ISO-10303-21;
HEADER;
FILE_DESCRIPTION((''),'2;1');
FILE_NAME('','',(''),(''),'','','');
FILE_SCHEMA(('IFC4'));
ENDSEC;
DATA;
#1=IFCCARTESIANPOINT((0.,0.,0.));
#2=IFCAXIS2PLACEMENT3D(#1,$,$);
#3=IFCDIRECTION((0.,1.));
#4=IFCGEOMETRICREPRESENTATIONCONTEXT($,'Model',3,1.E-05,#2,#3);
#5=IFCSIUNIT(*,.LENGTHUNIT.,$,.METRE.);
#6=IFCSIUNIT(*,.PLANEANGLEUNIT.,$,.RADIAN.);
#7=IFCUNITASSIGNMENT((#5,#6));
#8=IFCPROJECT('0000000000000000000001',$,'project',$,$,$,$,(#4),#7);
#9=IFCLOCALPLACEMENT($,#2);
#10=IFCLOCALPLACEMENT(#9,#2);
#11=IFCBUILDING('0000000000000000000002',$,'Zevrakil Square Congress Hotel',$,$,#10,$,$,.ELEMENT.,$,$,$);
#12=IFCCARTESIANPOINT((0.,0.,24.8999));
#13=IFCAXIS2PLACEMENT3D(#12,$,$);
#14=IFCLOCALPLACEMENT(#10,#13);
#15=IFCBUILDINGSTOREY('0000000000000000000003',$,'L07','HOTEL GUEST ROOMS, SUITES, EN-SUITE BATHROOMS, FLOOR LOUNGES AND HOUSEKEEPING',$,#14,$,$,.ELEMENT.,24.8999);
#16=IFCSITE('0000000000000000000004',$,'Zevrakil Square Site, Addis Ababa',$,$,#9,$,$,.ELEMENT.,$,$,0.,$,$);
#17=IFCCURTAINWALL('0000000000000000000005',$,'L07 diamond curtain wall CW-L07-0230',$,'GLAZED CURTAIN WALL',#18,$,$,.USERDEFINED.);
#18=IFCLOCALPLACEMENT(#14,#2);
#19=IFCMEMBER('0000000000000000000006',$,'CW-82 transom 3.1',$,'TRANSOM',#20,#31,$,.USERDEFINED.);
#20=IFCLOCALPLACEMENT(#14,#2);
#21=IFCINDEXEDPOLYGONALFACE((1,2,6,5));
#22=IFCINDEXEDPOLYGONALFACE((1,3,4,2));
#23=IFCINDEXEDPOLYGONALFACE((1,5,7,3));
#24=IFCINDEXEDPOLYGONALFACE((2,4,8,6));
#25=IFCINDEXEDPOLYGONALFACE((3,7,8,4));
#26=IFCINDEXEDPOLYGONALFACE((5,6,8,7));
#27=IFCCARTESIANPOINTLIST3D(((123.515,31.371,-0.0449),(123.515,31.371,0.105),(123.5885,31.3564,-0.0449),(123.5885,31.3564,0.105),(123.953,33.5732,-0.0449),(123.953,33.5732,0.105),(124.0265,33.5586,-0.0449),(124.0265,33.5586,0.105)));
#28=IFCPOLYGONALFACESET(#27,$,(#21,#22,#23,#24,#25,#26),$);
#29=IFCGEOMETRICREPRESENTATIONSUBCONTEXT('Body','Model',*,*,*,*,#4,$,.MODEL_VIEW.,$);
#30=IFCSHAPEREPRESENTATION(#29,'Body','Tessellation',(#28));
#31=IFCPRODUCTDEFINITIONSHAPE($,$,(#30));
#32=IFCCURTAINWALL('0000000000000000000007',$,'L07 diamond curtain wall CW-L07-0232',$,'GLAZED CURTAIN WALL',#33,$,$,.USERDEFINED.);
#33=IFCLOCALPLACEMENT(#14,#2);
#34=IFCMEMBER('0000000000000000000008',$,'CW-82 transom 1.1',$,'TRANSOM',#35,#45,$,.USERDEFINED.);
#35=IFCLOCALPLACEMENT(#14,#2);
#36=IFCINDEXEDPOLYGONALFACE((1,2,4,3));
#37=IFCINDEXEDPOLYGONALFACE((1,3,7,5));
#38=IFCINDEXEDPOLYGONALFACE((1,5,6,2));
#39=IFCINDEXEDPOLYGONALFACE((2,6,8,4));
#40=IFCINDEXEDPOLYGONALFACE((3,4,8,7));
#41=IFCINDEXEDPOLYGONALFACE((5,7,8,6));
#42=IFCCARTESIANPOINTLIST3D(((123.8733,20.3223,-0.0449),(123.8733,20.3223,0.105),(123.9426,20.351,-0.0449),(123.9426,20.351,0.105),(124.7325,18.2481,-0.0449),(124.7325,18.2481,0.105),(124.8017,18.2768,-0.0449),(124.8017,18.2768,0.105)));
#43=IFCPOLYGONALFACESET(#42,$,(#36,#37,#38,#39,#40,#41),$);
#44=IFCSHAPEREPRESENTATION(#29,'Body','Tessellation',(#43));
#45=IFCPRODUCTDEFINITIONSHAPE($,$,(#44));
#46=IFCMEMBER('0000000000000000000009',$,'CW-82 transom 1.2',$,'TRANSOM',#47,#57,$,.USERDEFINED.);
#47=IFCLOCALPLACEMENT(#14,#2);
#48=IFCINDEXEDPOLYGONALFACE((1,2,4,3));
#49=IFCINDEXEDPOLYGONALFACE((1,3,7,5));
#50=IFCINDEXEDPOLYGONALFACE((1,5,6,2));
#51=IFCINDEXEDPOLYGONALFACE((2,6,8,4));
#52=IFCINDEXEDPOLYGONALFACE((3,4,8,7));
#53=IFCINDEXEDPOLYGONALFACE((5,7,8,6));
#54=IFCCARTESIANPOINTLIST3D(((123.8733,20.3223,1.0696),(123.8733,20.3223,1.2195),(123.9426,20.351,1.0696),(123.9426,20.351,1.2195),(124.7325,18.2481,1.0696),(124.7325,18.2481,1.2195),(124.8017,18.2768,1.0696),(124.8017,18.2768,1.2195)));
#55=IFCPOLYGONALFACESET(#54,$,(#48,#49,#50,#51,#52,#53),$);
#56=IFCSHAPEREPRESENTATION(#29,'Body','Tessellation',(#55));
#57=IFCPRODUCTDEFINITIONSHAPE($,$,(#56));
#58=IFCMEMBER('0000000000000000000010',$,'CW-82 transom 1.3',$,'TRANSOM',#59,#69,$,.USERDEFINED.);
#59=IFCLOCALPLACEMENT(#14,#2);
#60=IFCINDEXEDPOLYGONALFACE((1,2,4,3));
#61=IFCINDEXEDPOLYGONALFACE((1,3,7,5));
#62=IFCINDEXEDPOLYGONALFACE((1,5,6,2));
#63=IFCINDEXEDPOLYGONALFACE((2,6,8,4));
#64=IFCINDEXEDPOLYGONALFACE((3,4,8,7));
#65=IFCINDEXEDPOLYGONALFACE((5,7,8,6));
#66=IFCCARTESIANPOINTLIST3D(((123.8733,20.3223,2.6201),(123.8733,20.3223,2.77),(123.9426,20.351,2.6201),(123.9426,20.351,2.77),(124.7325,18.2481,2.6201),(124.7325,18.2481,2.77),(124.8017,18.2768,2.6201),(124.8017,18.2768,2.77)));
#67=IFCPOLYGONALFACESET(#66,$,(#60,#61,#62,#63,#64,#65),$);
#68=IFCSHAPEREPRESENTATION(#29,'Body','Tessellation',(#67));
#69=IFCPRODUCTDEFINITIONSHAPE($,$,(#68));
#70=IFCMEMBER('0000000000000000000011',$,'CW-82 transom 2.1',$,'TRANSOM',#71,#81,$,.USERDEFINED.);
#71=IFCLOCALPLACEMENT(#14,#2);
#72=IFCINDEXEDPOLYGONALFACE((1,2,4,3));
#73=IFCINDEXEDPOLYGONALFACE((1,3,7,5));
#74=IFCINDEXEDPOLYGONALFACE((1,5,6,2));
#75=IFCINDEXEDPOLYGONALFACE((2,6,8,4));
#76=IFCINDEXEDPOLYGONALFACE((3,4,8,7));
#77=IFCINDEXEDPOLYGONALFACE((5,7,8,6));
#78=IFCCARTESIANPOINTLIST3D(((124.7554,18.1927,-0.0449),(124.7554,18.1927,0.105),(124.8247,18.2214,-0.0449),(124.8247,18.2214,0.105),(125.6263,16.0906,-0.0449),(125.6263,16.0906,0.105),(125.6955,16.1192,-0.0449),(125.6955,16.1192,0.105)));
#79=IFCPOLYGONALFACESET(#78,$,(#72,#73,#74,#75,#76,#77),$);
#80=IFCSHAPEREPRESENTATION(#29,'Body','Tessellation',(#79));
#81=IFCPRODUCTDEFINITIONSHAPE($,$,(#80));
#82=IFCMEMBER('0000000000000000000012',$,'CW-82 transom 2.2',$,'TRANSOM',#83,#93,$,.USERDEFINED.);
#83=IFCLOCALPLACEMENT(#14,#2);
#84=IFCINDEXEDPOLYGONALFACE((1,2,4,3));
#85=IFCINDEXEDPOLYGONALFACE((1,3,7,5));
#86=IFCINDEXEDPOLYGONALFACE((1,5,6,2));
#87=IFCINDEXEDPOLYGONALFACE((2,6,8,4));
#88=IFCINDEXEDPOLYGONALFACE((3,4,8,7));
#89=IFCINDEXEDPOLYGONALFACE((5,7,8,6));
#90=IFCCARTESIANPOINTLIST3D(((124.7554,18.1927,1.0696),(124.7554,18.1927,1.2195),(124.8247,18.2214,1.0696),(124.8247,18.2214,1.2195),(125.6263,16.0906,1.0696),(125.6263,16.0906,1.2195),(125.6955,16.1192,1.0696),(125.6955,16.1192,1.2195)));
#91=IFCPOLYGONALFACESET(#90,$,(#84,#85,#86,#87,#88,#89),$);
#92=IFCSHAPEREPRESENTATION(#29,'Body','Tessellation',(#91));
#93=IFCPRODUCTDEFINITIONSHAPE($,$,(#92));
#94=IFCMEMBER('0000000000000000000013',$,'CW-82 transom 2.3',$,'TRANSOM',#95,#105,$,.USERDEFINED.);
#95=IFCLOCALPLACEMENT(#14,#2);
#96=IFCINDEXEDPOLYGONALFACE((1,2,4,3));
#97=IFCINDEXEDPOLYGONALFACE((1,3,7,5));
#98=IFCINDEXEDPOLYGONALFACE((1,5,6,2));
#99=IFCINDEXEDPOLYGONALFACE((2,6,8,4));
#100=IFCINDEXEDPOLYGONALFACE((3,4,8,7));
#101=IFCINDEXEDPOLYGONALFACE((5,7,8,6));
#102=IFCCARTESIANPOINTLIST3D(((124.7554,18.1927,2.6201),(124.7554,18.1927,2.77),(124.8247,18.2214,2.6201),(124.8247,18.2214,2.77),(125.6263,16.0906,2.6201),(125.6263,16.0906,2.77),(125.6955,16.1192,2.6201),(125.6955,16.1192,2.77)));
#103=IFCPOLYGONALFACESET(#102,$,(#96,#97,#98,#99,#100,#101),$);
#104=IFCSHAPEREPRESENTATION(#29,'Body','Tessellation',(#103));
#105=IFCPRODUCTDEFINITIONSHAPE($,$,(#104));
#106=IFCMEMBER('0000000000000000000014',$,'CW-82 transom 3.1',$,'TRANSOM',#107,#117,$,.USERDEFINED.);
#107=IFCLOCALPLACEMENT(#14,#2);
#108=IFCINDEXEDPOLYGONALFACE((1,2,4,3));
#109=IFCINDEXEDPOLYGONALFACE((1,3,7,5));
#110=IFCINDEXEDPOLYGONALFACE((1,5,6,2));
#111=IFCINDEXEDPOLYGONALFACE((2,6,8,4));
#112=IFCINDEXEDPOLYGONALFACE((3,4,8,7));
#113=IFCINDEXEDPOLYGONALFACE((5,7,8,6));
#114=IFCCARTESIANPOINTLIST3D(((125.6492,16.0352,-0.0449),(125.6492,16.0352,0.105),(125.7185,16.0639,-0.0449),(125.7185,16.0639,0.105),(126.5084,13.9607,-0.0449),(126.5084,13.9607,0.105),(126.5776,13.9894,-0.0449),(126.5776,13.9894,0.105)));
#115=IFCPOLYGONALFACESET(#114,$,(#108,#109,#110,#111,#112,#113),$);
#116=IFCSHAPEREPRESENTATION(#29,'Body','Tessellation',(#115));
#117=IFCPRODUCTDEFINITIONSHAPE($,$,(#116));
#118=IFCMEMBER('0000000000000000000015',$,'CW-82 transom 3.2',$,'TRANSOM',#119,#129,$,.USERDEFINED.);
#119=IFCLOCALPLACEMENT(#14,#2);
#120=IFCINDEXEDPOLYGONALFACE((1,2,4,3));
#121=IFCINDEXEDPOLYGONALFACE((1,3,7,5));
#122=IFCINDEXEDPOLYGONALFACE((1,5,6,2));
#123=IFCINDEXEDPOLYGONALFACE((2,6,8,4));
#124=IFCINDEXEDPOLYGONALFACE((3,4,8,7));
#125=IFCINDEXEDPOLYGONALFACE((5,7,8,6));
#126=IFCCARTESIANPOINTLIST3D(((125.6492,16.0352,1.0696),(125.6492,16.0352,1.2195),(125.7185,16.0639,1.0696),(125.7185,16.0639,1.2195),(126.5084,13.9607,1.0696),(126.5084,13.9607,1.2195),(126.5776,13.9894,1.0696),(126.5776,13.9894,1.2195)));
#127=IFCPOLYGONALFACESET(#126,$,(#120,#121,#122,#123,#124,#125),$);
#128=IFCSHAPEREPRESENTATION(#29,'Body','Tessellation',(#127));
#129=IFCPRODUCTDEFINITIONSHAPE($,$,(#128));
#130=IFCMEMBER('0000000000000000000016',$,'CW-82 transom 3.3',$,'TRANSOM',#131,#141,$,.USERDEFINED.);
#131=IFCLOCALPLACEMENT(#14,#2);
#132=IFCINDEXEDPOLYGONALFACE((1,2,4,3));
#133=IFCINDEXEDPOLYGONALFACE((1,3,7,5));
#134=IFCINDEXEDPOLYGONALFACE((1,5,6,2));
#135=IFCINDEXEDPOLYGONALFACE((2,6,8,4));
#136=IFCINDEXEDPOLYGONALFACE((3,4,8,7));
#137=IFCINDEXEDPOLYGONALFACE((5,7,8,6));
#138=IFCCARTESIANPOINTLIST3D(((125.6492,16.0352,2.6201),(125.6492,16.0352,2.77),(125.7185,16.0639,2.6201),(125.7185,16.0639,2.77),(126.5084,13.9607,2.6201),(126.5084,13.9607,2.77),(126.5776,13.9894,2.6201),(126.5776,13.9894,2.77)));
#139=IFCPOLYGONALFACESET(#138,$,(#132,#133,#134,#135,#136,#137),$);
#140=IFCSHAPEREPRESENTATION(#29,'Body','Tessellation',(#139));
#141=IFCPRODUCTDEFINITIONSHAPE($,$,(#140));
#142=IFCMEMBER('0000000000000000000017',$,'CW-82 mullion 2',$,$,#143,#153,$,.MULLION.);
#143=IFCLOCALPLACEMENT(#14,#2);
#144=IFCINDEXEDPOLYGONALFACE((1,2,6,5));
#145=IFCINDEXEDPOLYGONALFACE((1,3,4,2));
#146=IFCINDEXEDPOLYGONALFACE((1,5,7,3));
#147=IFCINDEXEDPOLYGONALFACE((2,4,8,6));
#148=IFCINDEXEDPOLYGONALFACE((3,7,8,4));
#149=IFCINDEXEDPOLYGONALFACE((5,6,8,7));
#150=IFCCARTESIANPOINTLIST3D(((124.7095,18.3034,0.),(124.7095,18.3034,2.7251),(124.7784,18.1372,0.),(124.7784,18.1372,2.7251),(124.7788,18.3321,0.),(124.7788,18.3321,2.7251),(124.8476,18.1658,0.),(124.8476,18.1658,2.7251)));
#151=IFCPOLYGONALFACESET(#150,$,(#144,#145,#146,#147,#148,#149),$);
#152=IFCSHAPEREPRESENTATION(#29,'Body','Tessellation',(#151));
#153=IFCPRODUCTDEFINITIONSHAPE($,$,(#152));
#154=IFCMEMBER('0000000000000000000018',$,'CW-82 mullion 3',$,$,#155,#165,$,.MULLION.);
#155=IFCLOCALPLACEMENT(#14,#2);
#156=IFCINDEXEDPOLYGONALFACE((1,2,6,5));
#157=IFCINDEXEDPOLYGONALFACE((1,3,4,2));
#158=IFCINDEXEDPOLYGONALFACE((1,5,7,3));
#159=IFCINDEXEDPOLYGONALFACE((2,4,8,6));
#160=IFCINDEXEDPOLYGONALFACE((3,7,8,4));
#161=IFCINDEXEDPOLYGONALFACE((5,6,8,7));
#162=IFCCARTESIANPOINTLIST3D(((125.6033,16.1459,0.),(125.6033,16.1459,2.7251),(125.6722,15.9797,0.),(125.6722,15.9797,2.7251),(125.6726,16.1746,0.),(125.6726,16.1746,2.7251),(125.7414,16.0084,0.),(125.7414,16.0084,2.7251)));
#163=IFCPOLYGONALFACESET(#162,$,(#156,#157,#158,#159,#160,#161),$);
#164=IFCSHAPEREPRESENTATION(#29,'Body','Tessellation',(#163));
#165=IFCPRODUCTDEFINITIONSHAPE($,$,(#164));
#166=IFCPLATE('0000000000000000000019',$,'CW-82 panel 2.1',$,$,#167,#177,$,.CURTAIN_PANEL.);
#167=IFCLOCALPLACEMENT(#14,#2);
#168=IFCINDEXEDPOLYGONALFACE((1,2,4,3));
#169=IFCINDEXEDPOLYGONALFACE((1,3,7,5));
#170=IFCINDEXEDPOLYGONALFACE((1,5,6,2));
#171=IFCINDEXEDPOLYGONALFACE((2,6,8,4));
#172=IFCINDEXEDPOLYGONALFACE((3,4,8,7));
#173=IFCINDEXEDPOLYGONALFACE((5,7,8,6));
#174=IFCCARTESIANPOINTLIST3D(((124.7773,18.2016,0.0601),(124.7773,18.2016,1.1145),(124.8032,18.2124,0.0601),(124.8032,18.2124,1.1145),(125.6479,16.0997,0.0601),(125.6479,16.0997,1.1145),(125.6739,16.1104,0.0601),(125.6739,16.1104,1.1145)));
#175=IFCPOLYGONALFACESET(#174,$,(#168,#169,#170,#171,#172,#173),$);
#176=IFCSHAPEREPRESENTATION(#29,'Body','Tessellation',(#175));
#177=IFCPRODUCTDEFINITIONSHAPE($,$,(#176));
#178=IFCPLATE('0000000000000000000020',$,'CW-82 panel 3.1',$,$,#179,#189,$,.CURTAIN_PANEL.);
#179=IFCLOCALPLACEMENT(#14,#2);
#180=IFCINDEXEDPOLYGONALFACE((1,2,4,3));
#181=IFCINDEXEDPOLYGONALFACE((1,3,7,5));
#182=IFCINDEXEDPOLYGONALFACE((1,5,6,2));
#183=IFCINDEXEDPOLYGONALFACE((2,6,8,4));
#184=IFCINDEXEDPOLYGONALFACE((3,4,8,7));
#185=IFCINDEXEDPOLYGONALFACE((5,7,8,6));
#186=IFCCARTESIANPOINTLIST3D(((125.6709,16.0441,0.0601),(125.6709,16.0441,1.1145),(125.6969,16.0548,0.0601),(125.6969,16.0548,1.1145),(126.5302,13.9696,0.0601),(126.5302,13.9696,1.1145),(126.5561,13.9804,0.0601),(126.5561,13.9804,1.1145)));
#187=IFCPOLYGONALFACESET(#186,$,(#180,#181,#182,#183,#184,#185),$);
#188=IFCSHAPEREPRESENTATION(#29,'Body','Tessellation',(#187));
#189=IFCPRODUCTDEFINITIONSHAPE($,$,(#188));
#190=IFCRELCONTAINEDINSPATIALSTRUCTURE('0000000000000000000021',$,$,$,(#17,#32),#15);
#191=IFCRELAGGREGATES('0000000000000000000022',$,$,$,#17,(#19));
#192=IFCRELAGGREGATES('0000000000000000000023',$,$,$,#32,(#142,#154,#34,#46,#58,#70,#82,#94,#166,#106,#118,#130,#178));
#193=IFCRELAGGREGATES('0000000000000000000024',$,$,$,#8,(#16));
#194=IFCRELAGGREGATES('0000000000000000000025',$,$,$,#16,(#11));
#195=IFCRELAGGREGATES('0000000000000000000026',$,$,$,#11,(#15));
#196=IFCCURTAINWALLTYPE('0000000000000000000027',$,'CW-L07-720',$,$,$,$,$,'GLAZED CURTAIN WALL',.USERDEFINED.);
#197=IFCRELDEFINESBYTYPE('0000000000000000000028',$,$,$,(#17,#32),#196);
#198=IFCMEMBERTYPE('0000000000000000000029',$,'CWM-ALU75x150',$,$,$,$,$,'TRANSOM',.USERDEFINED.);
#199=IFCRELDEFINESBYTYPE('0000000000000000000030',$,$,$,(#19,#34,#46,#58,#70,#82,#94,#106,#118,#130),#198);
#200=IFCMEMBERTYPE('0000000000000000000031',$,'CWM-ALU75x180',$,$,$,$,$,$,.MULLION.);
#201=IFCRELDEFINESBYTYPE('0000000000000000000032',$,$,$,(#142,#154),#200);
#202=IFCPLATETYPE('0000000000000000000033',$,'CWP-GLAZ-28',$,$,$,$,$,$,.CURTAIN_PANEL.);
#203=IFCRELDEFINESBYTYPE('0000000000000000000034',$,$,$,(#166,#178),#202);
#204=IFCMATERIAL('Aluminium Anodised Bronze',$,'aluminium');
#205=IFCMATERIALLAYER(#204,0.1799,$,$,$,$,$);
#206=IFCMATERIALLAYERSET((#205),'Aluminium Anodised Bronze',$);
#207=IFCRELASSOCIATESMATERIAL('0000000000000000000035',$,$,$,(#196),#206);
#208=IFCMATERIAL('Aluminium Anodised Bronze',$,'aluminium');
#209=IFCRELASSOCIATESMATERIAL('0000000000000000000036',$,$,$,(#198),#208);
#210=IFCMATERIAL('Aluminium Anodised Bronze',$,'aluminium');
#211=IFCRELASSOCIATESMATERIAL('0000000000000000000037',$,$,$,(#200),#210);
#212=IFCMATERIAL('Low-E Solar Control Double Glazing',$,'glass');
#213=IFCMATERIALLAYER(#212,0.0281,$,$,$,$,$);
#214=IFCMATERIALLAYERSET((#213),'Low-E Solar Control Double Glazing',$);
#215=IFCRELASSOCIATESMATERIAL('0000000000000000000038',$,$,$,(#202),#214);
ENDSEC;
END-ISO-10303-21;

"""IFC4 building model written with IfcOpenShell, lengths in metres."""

from ifc_helpers import new_model, si_unit, direction, frame, origin, origin_2d, place, context, subcontext, project, spatial, rectangle, extrude, material, layer, layer_set, material_profile, profile_set, type_object, element, aggregate, save


model = new_model("IFC4")

# Units and contexts
model_context = context("Model", 3, precision=1e-05, world=origin(), true_north=direction((0.0, 1.0)))
body_context = subcontext(model_context, "Body", "Model", "MODEL_VIEW")
ifc_project = project(units=[si_unit("LENGTHUNIT", "METRE"), si_unit("PLANEANGLEUNIT", "RADIAN")], contexts=[model_context])

# Site, building, storey
site_placement = place(None, origin())
site = spatial("IfcSite", under=ifc_project, at=site_placement, Name="Zevrakil Square Site, Addis Ababa", CompositionType="ELEMENT", RefElevation=0.0)
building_placement = place(site_placement, origin())
building = spatial("IfcBuilding", under=site, at=building_placement, Name="Zevrakil Square Congress Hotel", CompositionType="ELEMENT")
storey_placement = place(building_placement, frame((0.0, 0.0, 24.8999)))
storey = spatial("IfcBuildingStorey", under=building, at=storey_placement, Name="L07", Description="HOTEL GUEST ROOMS, SUITES, EN-SUITE BATHROOMS, FLOOR LOUNGES AND HOUSEKEEPING", CompositionType="ELEMENT", Elevation=24.8999)

# Curtain wall, member
ifc_material_1 = material(Name="Aluminium Anodised Bronze", Category="aluminium")
ifc_layer_1 = layer(ifc_material_1, 0.1799)
ifc_layer_set_1 = layer_set([ifc_layer_1], Name="Aluminium Anodised Bronze")
curtain_wall_type = type_object("IfcCurtainWallType", Name="CW-L07-720", ElementType="GLAZED CURTAIN WALL", PredefinedType="USERDEFINED", material=ifc_layer_set_1)
curtain_wall_1_placement = place(storey_placement, origin())
curtain_wall_1 = element("IfcCurtainWall", 1, at=curtain_wall_1_placement, inside=storey, type_object=curtain_wall_type, Name="L07 diamond curtain wall CW-L07-0230", ObjectType="GLAZED CURTAIN WALL", PredefinedType="USERDEFINED")
ifc_material_2 = material(Name="Aluminium Anodised Bronze", Category="aluminium")
ifc_material_profile_1 = material_profile(ifc_material_2, rectangle(XDim=0.075, YDim=0.1499, at=origin_2d()), Name="ALU 75x150")
ifc_profile_set_1 = profile_set([ifc_material_profile_1], Name="Aluminium Anodised Bronze")
member_type_1 = type_object("IfcMemberType", Name="CWM-ALU75x150", ElementType="TRANSOM", PredefinedType="USERDEFINED", material=ifc_profile_set_1)
member_1_placement = place(storey_placement, frame((123.9897, 33.5659, 0.03), z_axis=(-0.19507, -0.980789, 0.0), x_axis=(0.980789, -0.19507, 0.0)))
member_1 = element("IfcMember", 2, at=member_1_placement, type_object=member_type_1, Name="CW-82 transom 3.1", ObjectType="TRANSOM", PredefinedType="USERDEFINED", context=body_context, shape_type="SweptSolid", body=[
    extrude(rectangle(XDim=0.075, YDim=0.1499, at=origin_2d()), origin(), (0.0, 0.0, 1.0), 2.2454),
])
aggregate(curtain_wall_1, [member_1])

# Curtain wall, members, plates
curtain_wall_2_placement = place(storey_placement, origin())
curtain_wall_2 = element("IfcCurtainWall", 3, at=curtain_wall_2_placement, inside=storey, type_object=curtain_wall_type, Name="L07 diamond curtain wall CW-L07-0232", ObjectType="GLAZED CURTAIN WALL", PredefinedType="USERDEFINED")
member_2_placement = place(storey_placement, frame((123.908, 20.3367, 0.03), z_axis=(0.382669, -0.923886, 0.0), x_axis=(0.923886, 0.382669, 0.0)))
member_2 = element("IfcMember", 4, at=member_2_placement, type_object=member_type_1, Name="CW-82 transom 1.1", ObjectType="TRANSOM", PredefinedType="USERDEFINED", context=body_context, shape_type="SweptSolid", body=[
    extrude(rectangle(XDim=0.075, YDim=0.1499, at=origin_2d()), origin(), (0.0, 0.0, 1.0), 2.2451),
])
member_3_placement = place(storey_placement, frame((123.908, 20.3367, 1.1445), z_axis=(0.382669, -0.923886, 0.0), x_axis=(0.923886, 0.382669, 0.0)))
member_3 = element("IfcMember", 5, at=member_3_placement, type_object=member_type_1, Name="CW-82 transom 1.2", ObjectType="TRANSOM", PredefinedType="USERDEFINED", context=body_context, shape_type="SweptSolid", body=[
    extrude(rectangle(XDim=0.075, YDim=0.1499, at=origin_2d()), origin(), (0.0, 0.0, 1.0), 2.2451),
])
member_4_placement = place(storey_placement, frame((123.908, 20.3367, 2.6951), z_axis=(0.382669, -0.923886, 0.0), x_axis=(0.923886, 0.382669, 0.0)))
member_4 = element("IfcMember", 6, at=member_4_placement, type_object=member_type_1, Name="CW-82 transom 1.3", ObjectType="TRANSOM", PredefinedType="USERDEFINED", context=body_context, shape_type="SweptSolid", body=[
    extrude(rectangle(XDim=0.075, YDim=0.1499, at=origin_2d()), origin(), (0.0, 0.0, 1.0), 2.2451),
])
member_5_placement = place(storey_placement, frame((124.79, 18.207, 0.03), z_axis=(0.38274, -0.923856, 0.0), x_axis=(0.923856, 0.38274, 0.0)))
member_5 = element("IfcMember", 7, at=member_5_placement, type_object=member_type_1, Name="CW-82 transom 2.1", ObjectType="TRANSOM", PredefinedType="USERDEFINED", context=body_context, shape_type="SweptSolid", body=[
    extrude(rectangle(XDim=0.075, YDim=0.1499, at=origin_2d()), origin(), (0.0, 0.0, 1.0), 2.2754),
])
member_6_placement = place(storey_placement, frame((124.79, 18.207, 1.1445), z_axis=(0.38274, -0.923856, 0.0), x_axis=(0.923856, 0.38274, 0.0)))
member_6 = element("IfcMember", 8, at=member_6_placement, type_object=member_type_1, Name="CW-82 transom 2.2", ObjectType="TRANSOM", PredefinedType="USERDEFINED", context=body_context, shape_type="SweptSolid", body=[
    extrude(rectangle(XDim=0.075, YDim=0.1499, at=origin_2d()), origin(), (0.0, 0.0, 1.0), 2.2754),
])
member_7_placement = place(storey_placement, frame((124.79, 18.207, 2.6951), z_axis=(0.38274, -0.923856, 0.0), x_axis=(0.923856, 0.38274, 0.0)))
member_7 = element("IfcMember", 9, at=member_7_placement, type_object=member_type_1, Name="CW-82 transom 2.3", ObjectType="TRANSOM", PredefinedType="USERDEFINED", context=body_context, shape_type="SweptSolid", body=[
    extrude(rectangle(XDim=0.075, YDim=0.1499, at=origin_2d()), origin(), (0.0, 0.0, 1.0), 2.2754),
])
member_8_placement = place(storey_placement, frame((125.6838, 16.0496, 0.03), z_axis=(0.38263, -0.923902, 0.0), x_axis=(0.923902, 0.38263, 0.0)))
member_8 = element("IfcMember", 10, at=member_8_placement, type_object=member_type_1, Name="CW-82 transom 3.1", ObjectType="TRANSOM", PredefinedType="USERDEFINED", context=body_context, shape_type="SweptSolid", body=[
    extrude(rectangle(XDim=0.075, YDim=0.1499, at=origin_2d()), origin(), (0.0, 0.0, 1.0), 2.2454),
])
member_9_placement = place(storey_placement, frame((125.6838, 16.0496, 1.1445), z_axis=(0.38263, -0.923902, 0.0), x_axis=(0.923902, 0.38263, 0.0)))
member_9 = element("IfcMember", 11, at=member_9_placement, type_object=member_type_1, Name="CW-82 transom 3.2", ObjectType="TRANSOM", PredefinedType="USERDEFINED", context=body_context, shape_type="SweptSolid", body=[
    extrude(rectangle(XDim=0.075, YDim=0.1499, at=origin_2d()), origin(), (0.0, 0.0, 1.0), 2.2454),
])
member_10_placement = place(storey_placement, frame((125.6838, 16.0496, 2.6951), z_axis=(0.38263, -0.923902, 0.0), x_axis=(0.923902, 0.38263, 0.0)))
member_10 = element("IfcMember", 12, at=member_10_placement, type_object=member_type_1, Name="CW-82 transom 3.3", ObjectType="TRANSOM", PredefinedType="USERDEFINED", context=body_context, shape_type="SweptSolid", body=[
    extrude(rectangle(XDim=0.075, YDim=0.1499, at=origin_2d()), origin(), (0.0, 0.0, 1.0), 2.2454),
])
ifc_material_3 = material(Name="Aluminium Anodised Bronze", Category="aluminium")
ifc_material_profile_2 = material_profile(ifc_material_3, rectangle(XDim=0.075, YDim=0.1799, at=origin_2d()), Name="ALU 75x180")
ifc_profile_set_2 = profile_set([ifc_material_profile_2], Name="Aluminium Anodised Bronze")
member_type_2 = type_object("IfcMemberType", Name="CWM-ALU75x180", PredefinedType="MULLION", material=ifc_profile_set_2)
member_11_placement = place(storey_placement, frame((124.7786, 18.2346, 0.0), z_axis=(0.0, 0.0, 1.0), x_axis=(0.923879, 0.382684, 0.0)))
member_11 = element("IfcMember", 13, at=member_11_placement, type_object=member_type_2, Name="CW-82 mullion 2", PredefinedType="MULLION", context=body_context, shape_type="SweptSolid", body=[
    extrude(rectangle(XDim=0.075, YDim=0.1799, at=origin_2d()), origin(), (0.0, 0.0, 1.0), 2.7251),
])
member_12_placement = place(storey_placement, frame((125.6724, 16.0771, 0.0), z_axis=(0.0, 0.0, 1.0), x_axis=(0.923879, 0.382684, 0.0)))
member_12 = element("IfcMember", 14, at=member_12_placement, type_object=member_type_2, Name="CW-82 mullion 3", PredefinedType="MULLION", context=body_context, shape_type="SweptSolid", body=[
    extrude(rectangle(XDim=0.075, YDim=0.1799, at=origin_2d()), origin(), (0.0, 0.0, 1.0), 2.7251),
])
ifc_material_4 = material(Name="Low-E Solar Control Double Glazing", Category="glass")
ifc_layer_2 = layer(ifc_material_4, 0.0281)
ifc_layer_set_2 = layer_set([ifc_layer_2], Name="Low-E Solar Control Double Glazing")
plate_type_1 = type_object("IfcPlateType", Name="CWP-GLAZ-28", PredefinedType="CURTAIN_PANEL", material=ifc_layer_set_2)
plate_1_placement = place(storey_placement, frame((125.2256, 17.156, 0.0601), z_axis=(0.0, 0.0, 1.0), x_axis=(0.382684, -0.923879, 0.0)))
plate_1 = element("IfcPlate", 15, at=plate_1_placement, type_object=plate_type_1, Name="CW-82 panel 2.1", PredefinedType="CURTAIN_PANEL", context=body_context, shape_type="SweptSolid", body=[
    extrude(rectangle(XDim=2.2751, YDim=0.0281, at=origin_2d()), origin(), (0.0, 0.0, 1.0), 1.0544),
])
plate_2_placement = place(storey_placement, frame((126.1135, 15.0122, 0.0601), z_axis=(0.0, 0.0, 1.0), x_axis=(0.382684, -0.923879, 0.0)))
plate_2 = element("IfcPlate", 16, at=plate_2_placement, type_object=plate_type_1, Name="CW-82 panel 3.1", PredefinedType="CURTAIN_PANEL", context=body_context, shape_type="SweptSolid", body=[
    extrude(rectangle(XDim=2.2454, YDim=0.0281, at=origin_2d()), origin(), (0.0, 0.0, 1.0), 1.0544),
])
aggregate(curtain_wall_2, [member_11, member_12, member_2, member_3, member_4, member_5, member_6, member_7, plate_1, member_8, member_9, member_10, plate_2])

save(model, "model.ifc")
